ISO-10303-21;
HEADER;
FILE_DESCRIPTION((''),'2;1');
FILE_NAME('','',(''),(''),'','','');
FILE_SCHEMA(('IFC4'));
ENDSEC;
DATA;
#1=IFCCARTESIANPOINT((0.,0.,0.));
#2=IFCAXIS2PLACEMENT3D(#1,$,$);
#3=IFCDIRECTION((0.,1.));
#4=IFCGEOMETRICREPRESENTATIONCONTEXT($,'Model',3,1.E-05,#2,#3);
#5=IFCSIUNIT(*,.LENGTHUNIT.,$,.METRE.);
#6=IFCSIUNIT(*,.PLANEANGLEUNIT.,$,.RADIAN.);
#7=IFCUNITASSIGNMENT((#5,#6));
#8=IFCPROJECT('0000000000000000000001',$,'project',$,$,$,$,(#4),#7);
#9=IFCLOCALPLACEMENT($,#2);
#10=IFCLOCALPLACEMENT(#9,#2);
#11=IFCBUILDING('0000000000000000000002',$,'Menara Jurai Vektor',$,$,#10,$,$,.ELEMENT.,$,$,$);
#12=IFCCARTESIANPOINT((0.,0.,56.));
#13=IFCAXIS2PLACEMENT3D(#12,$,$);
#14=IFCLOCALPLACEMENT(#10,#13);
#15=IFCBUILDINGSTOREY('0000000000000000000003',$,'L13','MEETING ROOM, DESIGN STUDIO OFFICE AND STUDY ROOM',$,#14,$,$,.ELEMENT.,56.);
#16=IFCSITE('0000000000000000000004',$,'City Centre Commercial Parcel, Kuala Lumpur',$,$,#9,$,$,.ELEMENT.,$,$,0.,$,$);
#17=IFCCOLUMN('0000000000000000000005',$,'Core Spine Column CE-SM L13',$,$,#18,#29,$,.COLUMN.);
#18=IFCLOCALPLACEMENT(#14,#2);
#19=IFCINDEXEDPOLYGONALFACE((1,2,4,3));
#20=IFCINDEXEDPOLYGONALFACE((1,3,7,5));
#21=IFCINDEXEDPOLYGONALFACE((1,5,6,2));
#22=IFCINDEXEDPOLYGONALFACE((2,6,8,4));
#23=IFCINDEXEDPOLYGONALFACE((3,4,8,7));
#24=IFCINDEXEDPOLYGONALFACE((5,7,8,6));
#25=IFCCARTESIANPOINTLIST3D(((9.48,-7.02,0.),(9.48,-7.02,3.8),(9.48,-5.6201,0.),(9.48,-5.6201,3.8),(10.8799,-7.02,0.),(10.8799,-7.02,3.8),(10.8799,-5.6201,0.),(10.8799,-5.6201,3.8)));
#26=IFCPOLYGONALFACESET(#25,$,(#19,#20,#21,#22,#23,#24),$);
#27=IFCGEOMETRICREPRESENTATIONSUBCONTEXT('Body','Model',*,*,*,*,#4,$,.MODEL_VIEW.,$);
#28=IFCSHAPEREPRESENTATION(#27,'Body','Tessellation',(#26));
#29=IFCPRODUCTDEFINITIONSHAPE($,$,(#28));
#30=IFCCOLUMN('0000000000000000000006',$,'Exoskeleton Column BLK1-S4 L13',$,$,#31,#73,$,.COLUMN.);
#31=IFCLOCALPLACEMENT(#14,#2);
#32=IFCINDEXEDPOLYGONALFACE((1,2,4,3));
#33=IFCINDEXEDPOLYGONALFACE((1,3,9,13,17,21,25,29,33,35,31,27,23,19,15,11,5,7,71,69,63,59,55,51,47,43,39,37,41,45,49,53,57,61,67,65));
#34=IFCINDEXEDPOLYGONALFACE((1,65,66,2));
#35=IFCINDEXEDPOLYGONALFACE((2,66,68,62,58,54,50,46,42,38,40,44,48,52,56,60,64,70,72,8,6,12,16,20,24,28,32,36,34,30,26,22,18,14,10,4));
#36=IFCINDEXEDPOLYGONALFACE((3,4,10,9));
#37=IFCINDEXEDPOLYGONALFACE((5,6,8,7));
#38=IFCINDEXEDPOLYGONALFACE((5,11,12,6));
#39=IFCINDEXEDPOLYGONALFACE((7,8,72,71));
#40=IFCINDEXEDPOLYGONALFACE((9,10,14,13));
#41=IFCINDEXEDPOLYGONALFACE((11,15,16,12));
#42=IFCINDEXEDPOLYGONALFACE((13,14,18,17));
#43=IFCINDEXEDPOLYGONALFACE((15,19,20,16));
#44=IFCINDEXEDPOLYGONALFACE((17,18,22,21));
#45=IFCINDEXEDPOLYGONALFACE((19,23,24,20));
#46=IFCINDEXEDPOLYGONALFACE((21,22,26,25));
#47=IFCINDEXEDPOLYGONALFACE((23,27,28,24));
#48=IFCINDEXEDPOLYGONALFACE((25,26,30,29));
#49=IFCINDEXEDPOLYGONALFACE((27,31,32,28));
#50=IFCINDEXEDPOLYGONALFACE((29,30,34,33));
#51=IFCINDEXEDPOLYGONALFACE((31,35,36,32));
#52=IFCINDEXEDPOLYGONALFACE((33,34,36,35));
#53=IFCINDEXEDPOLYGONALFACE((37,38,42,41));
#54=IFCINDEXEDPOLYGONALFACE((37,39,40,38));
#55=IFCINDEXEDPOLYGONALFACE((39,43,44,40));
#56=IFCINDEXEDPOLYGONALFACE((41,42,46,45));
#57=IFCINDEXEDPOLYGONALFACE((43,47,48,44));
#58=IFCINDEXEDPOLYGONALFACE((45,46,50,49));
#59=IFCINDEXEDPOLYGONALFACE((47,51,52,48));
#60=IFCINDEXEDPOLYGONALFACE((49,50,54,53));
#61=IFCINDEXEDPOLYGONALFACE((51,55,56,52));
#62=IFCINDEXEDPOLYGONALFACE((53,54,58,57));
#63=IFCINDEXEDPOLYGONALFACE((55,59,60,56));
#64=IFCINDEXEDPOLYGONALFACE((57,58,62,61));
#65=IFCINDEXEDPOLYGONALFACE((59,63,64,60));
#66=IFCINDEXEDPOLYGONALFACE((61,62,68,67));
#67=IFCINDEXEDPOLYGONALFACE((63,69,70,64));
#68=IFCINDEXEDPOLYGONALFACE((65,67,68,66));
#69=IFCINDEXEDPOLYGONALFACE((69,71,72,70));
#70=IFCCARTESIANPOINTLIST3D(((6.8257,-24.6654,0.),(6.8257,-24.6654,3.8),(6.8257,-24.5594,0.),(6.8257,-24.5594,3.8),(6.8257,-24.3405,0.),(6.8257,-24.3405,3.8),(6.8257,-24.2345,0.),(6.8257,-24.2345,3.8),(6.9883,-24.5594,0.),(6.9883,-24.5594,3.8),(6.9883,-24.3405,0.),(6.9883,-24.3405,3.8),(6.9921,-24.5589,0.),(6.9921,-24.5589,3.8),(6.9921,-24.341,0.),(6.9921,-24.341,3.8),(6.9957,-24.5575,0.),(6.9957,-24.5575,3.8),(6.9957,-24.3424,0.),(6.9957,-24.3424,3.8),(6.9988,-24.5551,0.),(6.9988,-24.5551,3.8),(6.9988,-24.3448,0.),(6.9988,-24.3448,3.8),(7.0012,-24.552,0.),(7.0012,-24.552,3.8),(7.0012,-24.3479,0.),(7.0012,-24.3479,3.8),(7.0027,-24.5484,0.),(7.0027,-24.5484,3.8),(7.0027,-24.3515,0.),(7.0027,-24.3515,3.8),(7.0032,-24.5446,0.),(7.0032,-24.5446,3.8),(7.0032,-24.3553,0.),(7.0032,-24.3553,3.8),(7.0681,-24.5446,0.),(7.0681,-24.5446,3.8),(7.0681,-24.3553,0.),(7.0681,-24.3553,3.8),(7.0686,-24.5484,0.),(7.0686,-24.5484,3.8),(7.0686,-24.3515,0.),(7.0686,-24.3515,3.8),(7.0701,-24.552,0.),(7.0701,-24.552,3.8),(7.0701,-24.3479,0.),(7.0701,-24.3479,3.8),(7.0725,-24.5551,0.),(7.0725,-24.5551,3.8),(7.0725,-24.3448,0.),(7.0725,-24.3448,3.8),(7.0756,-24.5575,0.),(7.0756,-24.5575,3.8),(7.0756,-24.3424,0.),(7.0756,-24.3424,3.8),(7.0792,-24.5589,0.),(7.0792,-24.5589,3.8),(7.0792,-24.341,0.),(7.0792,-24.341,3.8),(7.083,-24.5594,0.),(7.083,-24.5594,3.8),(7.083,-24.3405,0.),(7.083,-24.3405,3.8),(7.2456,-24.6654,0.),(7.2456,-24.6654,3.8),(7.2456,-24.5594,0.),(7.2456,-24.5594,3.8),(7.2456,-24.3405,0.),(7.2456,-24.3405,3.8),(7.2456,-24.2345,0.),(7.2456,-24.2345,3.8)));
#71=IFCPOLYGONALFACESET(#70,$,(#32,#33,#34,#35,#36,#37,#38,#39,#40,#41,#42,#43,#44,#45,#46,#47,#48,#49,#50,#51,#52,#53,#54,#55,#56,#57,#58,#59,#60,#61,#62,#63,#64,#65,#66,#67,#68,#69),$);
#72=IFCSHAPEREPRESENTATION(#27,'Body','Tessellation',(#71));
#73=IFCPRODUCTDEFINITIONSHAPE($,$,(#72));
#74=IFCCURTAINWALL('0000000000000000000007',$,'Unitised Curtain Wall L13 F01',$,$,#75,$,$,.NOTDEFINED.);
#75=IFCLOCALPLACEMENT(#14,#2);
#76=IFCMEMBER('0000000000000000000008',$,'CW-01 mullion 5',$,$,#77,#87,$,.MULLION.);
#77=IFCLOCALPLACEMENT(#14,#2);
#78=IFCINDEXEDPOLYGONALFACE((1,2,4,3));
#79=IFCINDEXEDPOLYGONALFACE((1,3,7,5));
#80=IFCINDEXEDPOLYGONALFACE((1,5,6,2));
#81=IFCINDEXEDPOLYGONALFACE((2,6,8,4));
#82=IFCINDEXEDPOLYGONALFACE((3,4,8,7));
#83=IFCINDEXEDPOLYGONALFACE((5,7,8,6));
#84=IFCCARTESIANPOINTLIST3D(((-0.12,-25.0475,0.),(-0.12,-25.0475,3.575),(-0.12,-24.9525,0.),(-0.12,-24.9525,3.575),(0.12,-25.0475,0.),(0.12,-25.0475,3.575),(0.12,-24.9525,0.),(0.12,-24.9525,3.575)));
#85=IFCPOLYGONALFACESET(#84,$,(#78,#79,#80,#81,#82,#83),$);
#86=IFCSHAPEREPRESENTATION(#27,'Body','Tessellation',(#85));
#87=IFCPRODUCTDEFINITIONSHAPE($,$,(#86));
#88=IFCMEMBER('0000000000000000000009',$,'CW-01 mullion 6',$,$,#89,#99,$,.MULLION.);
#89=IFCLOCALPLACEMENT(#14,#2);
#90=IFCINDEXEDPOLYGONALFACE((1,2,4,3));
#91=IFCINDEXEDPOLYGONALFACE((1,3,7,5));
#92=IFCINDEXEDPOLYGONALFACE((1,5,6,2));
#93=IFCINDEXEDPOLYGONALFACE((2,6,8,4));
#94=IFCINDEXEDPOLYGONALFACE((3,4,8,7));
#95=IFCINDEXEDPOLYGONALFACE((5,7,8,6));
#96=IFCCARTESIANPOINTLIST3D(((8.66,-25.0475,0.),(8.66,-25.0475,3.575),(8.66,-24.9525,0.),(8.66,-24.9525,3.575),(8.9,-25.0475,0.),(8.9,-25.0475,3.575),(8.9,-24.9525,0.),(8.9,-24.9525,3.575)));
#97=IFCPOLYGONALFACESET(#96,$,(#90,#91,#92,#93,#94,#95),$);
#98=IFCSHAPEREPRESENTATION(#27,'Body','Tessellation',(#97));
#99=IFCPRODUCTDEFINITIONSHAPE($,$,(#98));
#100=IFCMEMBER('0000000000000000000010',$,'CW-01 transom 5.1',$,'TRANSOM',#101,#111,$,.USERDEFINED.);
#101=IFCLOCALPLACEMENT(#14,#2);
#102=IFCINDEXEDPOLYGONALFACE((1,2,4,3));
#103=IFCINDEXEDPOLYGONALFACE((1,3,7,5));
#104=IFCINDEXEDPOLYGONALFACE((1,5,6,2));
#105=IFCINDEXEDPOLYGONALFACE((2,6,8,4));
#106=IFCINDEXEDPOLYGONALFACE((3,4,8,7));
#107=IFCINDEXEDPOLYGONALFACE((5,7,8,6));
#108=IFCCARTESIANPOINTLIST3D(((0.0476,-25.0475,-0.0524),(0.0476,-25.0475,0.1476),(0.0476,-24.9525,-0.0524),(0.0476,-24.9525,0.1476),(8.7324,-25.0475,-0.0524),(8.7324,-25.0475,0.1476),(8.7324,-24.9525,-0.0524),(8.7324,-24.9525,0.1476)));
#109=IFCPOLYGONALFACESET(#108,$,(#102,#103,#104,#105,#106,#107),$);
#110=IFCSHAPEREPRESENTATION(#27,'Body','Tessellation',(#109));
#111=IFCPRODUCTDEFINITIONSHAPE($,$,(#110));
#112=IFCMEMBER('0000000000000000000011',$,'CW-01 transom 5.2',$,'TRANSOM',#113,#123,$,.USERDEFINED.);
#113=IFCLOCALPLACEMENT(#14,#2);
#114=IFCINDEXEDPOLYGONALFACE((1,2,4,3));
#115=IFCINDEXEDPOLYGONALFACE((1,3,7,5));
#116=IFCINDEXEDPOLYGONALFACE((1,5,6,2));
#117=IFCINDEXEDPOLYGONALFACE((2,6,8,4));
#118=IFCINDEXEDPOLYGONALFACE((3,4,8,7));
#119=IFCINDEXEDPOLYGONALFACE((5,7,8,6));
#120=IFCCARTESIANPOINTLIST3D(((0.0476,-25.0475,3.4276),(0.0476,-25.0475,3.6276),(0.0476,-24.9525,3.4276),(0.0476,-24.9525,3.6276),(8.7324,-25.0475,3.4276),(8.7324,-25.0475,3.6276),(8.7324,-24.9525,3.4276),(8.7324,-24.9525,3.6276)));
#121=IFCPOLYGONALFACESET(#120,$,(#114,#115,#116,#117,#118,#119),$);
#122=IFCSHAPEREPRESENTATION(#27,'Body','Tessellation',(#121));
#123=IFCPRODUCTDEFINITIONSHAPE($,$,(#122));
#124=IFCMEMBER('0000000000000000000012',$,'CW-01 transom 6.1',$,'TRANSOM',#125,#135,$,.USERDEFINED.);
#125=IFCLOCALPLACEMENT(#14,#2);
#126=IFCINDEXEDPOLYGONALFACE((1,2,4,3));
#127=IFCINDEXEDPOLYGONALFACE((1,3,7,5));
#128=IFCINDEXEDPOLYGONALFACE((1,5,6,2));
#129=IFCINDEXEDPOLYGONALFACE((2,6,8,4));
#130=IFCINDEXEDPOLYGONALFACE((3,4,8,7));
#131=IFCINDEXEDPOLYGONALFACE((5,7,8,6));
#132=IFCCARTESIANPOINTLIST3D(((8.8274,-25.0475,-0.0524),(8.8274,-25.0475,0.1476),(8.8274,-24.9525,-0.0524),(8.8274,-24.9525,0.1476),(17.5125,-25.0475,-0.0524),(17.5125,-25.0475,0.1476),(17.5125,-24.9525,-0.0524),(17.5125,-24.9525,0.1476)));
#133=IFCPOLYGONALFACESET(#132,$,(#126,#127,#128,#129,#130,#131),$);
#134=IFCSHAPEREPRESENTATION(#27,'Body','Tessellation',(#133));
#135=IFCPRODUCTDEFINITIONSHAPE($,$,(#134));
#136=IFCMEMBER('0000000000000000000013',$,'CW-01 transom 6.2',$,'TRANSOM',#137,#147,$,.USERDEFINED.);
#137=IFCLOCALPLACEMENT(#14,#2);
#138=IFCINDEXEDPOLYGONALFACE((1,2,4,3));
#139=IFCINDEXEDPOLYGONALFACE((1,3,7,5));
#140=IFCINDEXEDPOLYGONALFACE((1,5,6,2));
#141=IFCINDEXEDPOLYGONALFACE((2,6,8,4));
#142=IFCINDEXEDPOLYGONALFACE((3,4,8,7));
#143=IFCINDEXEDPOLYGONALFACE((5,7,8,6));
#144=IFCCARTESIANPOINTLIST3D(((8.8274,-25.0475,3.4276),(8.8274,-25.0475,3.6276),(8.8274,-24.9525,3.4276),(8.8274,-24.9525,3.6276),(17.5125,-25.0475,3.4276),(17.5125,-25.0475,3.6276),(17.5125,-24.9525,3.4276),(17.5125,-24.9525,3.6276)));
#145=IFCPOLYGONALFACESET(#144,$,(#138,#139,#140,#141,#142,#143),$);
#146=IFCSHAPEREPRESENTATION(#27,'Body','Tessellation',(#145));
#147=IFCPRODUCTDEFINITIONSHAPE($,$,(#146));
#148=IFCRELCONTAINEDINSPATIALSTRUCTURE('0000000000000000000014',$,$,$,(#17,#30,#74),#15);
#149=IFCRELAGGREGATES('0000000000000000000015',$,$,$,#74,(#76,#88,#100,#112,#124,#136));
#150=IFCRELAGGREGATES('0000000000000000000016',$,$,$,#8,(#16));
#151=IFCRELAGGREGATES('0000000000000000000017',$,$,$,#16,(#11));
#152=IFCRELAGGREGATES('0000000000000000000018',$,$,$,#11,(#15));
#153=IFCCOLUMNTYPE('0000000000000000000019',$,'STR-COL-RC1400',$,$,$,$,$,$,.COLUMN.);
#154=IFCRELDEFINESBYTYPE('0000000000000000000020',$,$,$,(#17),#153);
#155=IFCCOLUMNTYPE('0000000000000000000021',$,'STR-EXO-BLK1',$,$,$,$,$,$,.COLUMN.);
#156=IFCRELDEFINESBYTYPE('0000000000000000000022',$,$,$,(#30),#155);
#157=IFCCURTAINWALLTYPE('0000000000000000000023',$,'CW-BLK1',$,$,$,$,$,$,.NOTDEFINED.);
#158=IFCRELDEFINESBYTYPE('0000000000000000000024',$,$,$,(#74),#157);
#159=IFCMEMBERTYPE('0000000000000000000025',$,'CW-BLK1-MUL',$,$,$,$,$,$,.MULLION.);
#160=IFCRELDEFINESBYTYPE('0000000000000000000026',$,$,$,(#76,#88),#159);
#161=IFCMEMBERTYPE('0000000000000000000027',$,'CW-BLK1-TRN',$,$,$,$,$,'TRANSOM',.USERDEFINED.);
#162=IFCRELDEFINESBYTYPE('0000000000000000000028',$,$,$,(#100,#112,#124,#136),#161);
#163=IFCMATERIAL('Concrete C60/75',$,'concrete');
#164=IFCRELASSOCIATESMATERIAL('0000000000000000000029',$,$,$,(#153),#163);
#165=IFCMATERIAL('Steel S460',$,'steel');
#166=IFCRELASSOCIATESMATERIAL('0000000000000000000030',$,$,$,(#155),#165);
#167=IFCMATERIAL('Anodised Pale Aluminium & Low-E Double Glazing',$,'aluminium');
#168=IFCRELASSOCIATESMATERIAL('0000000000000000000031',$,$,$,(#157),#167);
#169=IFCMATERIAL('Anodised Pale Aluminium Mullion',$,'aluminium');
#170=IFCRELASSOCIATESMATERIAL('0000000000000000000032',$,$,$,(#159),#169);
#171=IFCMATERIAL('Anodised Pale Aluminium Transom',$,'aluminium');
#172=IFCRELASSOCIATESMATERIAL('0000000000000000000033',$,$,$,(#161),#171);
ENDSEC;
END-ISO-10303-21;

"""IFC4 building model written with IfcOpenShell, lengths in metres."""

from ifc_helpers import new_model, si_unit, direction, frame, origin, origin_2d, place, context, subcontext, project, spatial, rectangle, i_section, extrude, material, material_profile, profile_set, type_object, element, aggregate, save


model = new_model("IFC4")

# Units and contexts
model_context = context("Model", 3, precision=1e-05, world=origin(), true_north=direction((0.0, 1.0)))
body_context = subcontext(model_context, "Body", "Model", "MODEL_VIEW")
ifc_project = project(units=[si_unit("LENGTHUNIT", "METRE"), si_unit("PLANEANGLEUNIT", "RADIAN")], contexts=[model_context])

# Site, building, storey
site_placement = place(None, origin())
site = spatial("IfcSite", under=ifc_project, at=site_placement, Name="City Centre Commercial Parcel, Kuala Lumpur", CompositionType="ELEMENT", RefElevation=0.0)
building_placement = place(site_placement, origin())
building = spatial("IfcBuilding", under=site, at=building_placement, Name="Menara Jurai Vektor", CompositionType="ELEMENT")
storey_placement = place(building_placement, frame((0.0, 0.0, 56.0)))
storey = spatial("IfcBuildingStorey", under=building, at=storey_placement, Name="L13", Description="MEETING ROOM, DESIGN STUDIO OFFICE AND STUDY ROOM", CompositionType="ELEMENT", Elevation=56.0)

# Columns
ifc_material_1 = material(Name="Concrete C60/75", Category="concrete")
ifc_material_profile_1 = material_profile(ifc_material_1, rectangle(XDim=1.3999, YDim=1.3999, at=origin_2d()), Name="RC 1400x1400")
ifc_profile_set_1 = profile_set([ifc_material_profile_1], Name="Concrete C60/75")
column_type_1 = type_object("IfcColumnType", Name="STR-COL-RC1400", PredefinedType="COLUMN", material=ifc_profile_set_1)
column_1_placement = place(storey_placement, frame((10.1799, -6.3201, 0.0), z_axis=(0.0, 0.0, 1.0), x_axis=(1.0, 0.0, 0.0)))
element("IfcColumn", 1, at=column_1_placement, inside=storey, type_object=column_type_1, Name="Core Spine Column CE-SM L13", PredefinedType="COLUMN", context=body_context, shape_type="SweptSolid", body=[
    extrude(rectangle(XDim=1.3999, YDim=1.3999, at=origin_2d()), origin(), (0.0, 0.0, 1.0), 3.8),
])
ifc_material_2 = material(Name="Steel S460", Category="steel")
ifc_material_profile_2 = material_profile(ifc_material_2, i_section(OverallWidth=0.4199, OverallDepth=0.4309, WebThickness=0.0649, FlangeThickness=0.106, FilletRadius=0.0149, at=origin_2d()), Name="HD 400x900")
ifc_profile_set_2 = profile_set([ifc_material_profile_2], Name="Steel S460")
column_type_2 = type_object("IfcColumnType", Name="STR-EXO-BLK1", PredefinedType="COLUMN", material=ifc_profile_set_2)
column_2_placement = place(storey_placement, frame((7.0356, -24.45, 0.0), z_axis=(0.0, 0.0, 1.0), x_axis=(1.0, 0.0, 0.0)))
element("IfcColumn", 2, at=column_2_placement, inside=storey, type_object=column_type_2, Name="Exoskeleton Column BLK1-S4 L13", PredefinedType="COLUMN", context=body_context, shape_type="SweptSolid", body=[
    extrude(i_section(OverallWidth=0.4199, OverallDepth=0.4309, WebThickness=0.0649, FlangeThickness=0.106, FilletRadius=0.0149, at=origin_2d()), origin(), (0.0, 0.0, 1.0), 3.8),
])

# Curtain wall, members
ifc_material_3 = material(Name="Anodised Pale Aluminium & Low-E Double Glazing", Category="aluminium")
curtain_wall_type = type_object("IfcCurtainWallType", Name="CW-BLK1", PredefinedType="NOTDEFINED", material=ifc_material_3)
curtain_wall_placement = place(storey_placement, origin())
curtain_wall = element("IfcCurtainWall", 3, at=curtain_wall_placement, inside=storey, type_object=curtain_wall_type, Name="Unitised Curtain Wall L13 F01", PredefinedType="NOTDEFINED")
ifc_material_4 = material(Name="Anodised Pale Aluminium Mullion", Category="aluminium")
ifc_material_profile_3 = material_profile(ifc_material_4, rectangle(XDim=0.095, YDim=0.24, at=origin_2d()), Name="ALU MUL 95x240")
ifc_profile_set_3 = profile_set([ifc_material_profile_3], Name="Anodised Pale Aluminium Mullion")
member_type_1 = type_object("IfcMemberType", Name="CW-BLK1-MUL", PredefinedType="MULLION", material=ifc_profile_set_3)
member_1_placement = place(storey_placement, frame((0.0, -25.0, 0.0), z_axis=(0.0, 0.0, 1.0), x_axis=(0.0, 1.0, 0.0)))
member_1 = element("IfcMember", 4, at=member_1_placement, type_object=member_type_1, Name="CW-01 mullion 5", PredefinedType="MULLION", context=body_context, shape_type="SweptSolid", body=[
    extrude(rectangle(XDim=0.095, YDim=0.24, at=origin_2d()), origin(), (0.0, 0.0, 1.0), 3.575),
])
member_2_placement = place(storey_placement, frame((8.78, -25.0, 0.0), z_axis=(0.0, 0.0, 1.0), x_axis=(0.0, 1.0, 0.0)))
member_2 = element("IfcMember", 5, at=member_2_placement, type_object=member_type_1, Name="CW-01 mullion 6", PredefinedType="MULLION", context=body_context, shape_type="SweptSolid", body=[
    extrude(rectangle(XDim=0.095, YDim=0.24, at=origin_2d()), origin(), (0.0, 0.0, 1.0), 3.575),
])
ifc_material_5 = material(Name="Anodised Pale Aluminium Transom", Category="aluminium")
ifc_material_profile_4 = material_profile(ifc_material_5, rectangle(XDim=0.095, YDim=0.2, at=origin_2d()), Name="ALU TRN 95x200")
ifc_profile_set_4 = profile_set([ifc_material_profile_4], Name="Anodised Pale Aluminium Transom")
member_type_2 = type_object("IfcMemberType", Name="CW-BLK1-TRN", ElementType="TRANSOM", PredefinedType="USERDEFINED", material=ifc_profile_set_4)
member_3_placement = place(storey_placement, frame((0.0476, -25.0, 0.0476), z_axis=(1.0, 0.0, 0.0), x_axis=(0.0, 1.0, 0.0)))
member_3 = element("IfcMember", 6, at=member_3_placement, type_object=member_type_2, Name="CW-01 transom 5.1", ObjectType="TRANSOM", PredefinedType="USERDEFINED", context=body_context, shape_type="SweptSolid", body=[
    extrude(rectangle(XDim=0.095, YDim=0.2, at=origin_2d()), origin(), (0.0, 0.0, 1.0), 8.6848),
])
member_4_placement = place(storey_placement, frame((0.0476, -25.0, 3.5276), z_axis=(1.0, 0.0, 0.0), x_axis=(0.0, 1.0, 0.0)))
member_4 = element("IfcMember", 7, at=member_4_placement, type_object=member_type_2, Name="CW-01 transom 5.2", ObjectType="TRANSOM", PredefinedType="USERDEFINED", context=body_context, shape_type="SweptSolid", body=[
    extrude(rectangle(XDim=0.095, YDim=0.2, at=origin_2d()), origin(), (0.0, 0.0, 1.0), 8.6848),
])
member_5_placement = place(storey_placement, frame((8.8274, -25.0, 0.0476), z_axis=(1.0, 0.0, 0.0), x_axis=(0.0, 1.0, 0.0)))
member_5 = element("IfcMember", 8, at=member_5_placement, type_object=member_type_2, Name="CW-01 transom 6.1", ObjectType="TRANSOM", PredefinedType="USERDEFINED", context=body_context, shape_type="SweptSolid", body=[
    extrude(rectangle(XDim=0.095, YDim=0.2, at=origin_2d()), origin(), (0.0, 0.0, 1.0), 8.6851),
])
member_6_placement = place(storey_placement, frame((8.8274, -25.0, 3.5276), z_axis=(1.0, 0.0, 0.0), x_axis=(0.0, 1.0, 0.0)))
member_6 = element("IfcMember", 9, at=member_6_placement, type_object=member_type_2, Name="CW-01 transom 6.2", ObjectType="TRANSOM", PredefinedType="USERDEFINED", context=body_context, shape_type="SweptSolid", body=[
    extrude(rectangle(XDim=0.095, YDim=0.2, at=origin_2d()), origin(), (0.0, 0.0, 1.0), 8.6851),
])

aggregate(curtain_wall, [member_1, member_2, member_3, member_4, member_5, member_6])

save(model, "model.ifc")
